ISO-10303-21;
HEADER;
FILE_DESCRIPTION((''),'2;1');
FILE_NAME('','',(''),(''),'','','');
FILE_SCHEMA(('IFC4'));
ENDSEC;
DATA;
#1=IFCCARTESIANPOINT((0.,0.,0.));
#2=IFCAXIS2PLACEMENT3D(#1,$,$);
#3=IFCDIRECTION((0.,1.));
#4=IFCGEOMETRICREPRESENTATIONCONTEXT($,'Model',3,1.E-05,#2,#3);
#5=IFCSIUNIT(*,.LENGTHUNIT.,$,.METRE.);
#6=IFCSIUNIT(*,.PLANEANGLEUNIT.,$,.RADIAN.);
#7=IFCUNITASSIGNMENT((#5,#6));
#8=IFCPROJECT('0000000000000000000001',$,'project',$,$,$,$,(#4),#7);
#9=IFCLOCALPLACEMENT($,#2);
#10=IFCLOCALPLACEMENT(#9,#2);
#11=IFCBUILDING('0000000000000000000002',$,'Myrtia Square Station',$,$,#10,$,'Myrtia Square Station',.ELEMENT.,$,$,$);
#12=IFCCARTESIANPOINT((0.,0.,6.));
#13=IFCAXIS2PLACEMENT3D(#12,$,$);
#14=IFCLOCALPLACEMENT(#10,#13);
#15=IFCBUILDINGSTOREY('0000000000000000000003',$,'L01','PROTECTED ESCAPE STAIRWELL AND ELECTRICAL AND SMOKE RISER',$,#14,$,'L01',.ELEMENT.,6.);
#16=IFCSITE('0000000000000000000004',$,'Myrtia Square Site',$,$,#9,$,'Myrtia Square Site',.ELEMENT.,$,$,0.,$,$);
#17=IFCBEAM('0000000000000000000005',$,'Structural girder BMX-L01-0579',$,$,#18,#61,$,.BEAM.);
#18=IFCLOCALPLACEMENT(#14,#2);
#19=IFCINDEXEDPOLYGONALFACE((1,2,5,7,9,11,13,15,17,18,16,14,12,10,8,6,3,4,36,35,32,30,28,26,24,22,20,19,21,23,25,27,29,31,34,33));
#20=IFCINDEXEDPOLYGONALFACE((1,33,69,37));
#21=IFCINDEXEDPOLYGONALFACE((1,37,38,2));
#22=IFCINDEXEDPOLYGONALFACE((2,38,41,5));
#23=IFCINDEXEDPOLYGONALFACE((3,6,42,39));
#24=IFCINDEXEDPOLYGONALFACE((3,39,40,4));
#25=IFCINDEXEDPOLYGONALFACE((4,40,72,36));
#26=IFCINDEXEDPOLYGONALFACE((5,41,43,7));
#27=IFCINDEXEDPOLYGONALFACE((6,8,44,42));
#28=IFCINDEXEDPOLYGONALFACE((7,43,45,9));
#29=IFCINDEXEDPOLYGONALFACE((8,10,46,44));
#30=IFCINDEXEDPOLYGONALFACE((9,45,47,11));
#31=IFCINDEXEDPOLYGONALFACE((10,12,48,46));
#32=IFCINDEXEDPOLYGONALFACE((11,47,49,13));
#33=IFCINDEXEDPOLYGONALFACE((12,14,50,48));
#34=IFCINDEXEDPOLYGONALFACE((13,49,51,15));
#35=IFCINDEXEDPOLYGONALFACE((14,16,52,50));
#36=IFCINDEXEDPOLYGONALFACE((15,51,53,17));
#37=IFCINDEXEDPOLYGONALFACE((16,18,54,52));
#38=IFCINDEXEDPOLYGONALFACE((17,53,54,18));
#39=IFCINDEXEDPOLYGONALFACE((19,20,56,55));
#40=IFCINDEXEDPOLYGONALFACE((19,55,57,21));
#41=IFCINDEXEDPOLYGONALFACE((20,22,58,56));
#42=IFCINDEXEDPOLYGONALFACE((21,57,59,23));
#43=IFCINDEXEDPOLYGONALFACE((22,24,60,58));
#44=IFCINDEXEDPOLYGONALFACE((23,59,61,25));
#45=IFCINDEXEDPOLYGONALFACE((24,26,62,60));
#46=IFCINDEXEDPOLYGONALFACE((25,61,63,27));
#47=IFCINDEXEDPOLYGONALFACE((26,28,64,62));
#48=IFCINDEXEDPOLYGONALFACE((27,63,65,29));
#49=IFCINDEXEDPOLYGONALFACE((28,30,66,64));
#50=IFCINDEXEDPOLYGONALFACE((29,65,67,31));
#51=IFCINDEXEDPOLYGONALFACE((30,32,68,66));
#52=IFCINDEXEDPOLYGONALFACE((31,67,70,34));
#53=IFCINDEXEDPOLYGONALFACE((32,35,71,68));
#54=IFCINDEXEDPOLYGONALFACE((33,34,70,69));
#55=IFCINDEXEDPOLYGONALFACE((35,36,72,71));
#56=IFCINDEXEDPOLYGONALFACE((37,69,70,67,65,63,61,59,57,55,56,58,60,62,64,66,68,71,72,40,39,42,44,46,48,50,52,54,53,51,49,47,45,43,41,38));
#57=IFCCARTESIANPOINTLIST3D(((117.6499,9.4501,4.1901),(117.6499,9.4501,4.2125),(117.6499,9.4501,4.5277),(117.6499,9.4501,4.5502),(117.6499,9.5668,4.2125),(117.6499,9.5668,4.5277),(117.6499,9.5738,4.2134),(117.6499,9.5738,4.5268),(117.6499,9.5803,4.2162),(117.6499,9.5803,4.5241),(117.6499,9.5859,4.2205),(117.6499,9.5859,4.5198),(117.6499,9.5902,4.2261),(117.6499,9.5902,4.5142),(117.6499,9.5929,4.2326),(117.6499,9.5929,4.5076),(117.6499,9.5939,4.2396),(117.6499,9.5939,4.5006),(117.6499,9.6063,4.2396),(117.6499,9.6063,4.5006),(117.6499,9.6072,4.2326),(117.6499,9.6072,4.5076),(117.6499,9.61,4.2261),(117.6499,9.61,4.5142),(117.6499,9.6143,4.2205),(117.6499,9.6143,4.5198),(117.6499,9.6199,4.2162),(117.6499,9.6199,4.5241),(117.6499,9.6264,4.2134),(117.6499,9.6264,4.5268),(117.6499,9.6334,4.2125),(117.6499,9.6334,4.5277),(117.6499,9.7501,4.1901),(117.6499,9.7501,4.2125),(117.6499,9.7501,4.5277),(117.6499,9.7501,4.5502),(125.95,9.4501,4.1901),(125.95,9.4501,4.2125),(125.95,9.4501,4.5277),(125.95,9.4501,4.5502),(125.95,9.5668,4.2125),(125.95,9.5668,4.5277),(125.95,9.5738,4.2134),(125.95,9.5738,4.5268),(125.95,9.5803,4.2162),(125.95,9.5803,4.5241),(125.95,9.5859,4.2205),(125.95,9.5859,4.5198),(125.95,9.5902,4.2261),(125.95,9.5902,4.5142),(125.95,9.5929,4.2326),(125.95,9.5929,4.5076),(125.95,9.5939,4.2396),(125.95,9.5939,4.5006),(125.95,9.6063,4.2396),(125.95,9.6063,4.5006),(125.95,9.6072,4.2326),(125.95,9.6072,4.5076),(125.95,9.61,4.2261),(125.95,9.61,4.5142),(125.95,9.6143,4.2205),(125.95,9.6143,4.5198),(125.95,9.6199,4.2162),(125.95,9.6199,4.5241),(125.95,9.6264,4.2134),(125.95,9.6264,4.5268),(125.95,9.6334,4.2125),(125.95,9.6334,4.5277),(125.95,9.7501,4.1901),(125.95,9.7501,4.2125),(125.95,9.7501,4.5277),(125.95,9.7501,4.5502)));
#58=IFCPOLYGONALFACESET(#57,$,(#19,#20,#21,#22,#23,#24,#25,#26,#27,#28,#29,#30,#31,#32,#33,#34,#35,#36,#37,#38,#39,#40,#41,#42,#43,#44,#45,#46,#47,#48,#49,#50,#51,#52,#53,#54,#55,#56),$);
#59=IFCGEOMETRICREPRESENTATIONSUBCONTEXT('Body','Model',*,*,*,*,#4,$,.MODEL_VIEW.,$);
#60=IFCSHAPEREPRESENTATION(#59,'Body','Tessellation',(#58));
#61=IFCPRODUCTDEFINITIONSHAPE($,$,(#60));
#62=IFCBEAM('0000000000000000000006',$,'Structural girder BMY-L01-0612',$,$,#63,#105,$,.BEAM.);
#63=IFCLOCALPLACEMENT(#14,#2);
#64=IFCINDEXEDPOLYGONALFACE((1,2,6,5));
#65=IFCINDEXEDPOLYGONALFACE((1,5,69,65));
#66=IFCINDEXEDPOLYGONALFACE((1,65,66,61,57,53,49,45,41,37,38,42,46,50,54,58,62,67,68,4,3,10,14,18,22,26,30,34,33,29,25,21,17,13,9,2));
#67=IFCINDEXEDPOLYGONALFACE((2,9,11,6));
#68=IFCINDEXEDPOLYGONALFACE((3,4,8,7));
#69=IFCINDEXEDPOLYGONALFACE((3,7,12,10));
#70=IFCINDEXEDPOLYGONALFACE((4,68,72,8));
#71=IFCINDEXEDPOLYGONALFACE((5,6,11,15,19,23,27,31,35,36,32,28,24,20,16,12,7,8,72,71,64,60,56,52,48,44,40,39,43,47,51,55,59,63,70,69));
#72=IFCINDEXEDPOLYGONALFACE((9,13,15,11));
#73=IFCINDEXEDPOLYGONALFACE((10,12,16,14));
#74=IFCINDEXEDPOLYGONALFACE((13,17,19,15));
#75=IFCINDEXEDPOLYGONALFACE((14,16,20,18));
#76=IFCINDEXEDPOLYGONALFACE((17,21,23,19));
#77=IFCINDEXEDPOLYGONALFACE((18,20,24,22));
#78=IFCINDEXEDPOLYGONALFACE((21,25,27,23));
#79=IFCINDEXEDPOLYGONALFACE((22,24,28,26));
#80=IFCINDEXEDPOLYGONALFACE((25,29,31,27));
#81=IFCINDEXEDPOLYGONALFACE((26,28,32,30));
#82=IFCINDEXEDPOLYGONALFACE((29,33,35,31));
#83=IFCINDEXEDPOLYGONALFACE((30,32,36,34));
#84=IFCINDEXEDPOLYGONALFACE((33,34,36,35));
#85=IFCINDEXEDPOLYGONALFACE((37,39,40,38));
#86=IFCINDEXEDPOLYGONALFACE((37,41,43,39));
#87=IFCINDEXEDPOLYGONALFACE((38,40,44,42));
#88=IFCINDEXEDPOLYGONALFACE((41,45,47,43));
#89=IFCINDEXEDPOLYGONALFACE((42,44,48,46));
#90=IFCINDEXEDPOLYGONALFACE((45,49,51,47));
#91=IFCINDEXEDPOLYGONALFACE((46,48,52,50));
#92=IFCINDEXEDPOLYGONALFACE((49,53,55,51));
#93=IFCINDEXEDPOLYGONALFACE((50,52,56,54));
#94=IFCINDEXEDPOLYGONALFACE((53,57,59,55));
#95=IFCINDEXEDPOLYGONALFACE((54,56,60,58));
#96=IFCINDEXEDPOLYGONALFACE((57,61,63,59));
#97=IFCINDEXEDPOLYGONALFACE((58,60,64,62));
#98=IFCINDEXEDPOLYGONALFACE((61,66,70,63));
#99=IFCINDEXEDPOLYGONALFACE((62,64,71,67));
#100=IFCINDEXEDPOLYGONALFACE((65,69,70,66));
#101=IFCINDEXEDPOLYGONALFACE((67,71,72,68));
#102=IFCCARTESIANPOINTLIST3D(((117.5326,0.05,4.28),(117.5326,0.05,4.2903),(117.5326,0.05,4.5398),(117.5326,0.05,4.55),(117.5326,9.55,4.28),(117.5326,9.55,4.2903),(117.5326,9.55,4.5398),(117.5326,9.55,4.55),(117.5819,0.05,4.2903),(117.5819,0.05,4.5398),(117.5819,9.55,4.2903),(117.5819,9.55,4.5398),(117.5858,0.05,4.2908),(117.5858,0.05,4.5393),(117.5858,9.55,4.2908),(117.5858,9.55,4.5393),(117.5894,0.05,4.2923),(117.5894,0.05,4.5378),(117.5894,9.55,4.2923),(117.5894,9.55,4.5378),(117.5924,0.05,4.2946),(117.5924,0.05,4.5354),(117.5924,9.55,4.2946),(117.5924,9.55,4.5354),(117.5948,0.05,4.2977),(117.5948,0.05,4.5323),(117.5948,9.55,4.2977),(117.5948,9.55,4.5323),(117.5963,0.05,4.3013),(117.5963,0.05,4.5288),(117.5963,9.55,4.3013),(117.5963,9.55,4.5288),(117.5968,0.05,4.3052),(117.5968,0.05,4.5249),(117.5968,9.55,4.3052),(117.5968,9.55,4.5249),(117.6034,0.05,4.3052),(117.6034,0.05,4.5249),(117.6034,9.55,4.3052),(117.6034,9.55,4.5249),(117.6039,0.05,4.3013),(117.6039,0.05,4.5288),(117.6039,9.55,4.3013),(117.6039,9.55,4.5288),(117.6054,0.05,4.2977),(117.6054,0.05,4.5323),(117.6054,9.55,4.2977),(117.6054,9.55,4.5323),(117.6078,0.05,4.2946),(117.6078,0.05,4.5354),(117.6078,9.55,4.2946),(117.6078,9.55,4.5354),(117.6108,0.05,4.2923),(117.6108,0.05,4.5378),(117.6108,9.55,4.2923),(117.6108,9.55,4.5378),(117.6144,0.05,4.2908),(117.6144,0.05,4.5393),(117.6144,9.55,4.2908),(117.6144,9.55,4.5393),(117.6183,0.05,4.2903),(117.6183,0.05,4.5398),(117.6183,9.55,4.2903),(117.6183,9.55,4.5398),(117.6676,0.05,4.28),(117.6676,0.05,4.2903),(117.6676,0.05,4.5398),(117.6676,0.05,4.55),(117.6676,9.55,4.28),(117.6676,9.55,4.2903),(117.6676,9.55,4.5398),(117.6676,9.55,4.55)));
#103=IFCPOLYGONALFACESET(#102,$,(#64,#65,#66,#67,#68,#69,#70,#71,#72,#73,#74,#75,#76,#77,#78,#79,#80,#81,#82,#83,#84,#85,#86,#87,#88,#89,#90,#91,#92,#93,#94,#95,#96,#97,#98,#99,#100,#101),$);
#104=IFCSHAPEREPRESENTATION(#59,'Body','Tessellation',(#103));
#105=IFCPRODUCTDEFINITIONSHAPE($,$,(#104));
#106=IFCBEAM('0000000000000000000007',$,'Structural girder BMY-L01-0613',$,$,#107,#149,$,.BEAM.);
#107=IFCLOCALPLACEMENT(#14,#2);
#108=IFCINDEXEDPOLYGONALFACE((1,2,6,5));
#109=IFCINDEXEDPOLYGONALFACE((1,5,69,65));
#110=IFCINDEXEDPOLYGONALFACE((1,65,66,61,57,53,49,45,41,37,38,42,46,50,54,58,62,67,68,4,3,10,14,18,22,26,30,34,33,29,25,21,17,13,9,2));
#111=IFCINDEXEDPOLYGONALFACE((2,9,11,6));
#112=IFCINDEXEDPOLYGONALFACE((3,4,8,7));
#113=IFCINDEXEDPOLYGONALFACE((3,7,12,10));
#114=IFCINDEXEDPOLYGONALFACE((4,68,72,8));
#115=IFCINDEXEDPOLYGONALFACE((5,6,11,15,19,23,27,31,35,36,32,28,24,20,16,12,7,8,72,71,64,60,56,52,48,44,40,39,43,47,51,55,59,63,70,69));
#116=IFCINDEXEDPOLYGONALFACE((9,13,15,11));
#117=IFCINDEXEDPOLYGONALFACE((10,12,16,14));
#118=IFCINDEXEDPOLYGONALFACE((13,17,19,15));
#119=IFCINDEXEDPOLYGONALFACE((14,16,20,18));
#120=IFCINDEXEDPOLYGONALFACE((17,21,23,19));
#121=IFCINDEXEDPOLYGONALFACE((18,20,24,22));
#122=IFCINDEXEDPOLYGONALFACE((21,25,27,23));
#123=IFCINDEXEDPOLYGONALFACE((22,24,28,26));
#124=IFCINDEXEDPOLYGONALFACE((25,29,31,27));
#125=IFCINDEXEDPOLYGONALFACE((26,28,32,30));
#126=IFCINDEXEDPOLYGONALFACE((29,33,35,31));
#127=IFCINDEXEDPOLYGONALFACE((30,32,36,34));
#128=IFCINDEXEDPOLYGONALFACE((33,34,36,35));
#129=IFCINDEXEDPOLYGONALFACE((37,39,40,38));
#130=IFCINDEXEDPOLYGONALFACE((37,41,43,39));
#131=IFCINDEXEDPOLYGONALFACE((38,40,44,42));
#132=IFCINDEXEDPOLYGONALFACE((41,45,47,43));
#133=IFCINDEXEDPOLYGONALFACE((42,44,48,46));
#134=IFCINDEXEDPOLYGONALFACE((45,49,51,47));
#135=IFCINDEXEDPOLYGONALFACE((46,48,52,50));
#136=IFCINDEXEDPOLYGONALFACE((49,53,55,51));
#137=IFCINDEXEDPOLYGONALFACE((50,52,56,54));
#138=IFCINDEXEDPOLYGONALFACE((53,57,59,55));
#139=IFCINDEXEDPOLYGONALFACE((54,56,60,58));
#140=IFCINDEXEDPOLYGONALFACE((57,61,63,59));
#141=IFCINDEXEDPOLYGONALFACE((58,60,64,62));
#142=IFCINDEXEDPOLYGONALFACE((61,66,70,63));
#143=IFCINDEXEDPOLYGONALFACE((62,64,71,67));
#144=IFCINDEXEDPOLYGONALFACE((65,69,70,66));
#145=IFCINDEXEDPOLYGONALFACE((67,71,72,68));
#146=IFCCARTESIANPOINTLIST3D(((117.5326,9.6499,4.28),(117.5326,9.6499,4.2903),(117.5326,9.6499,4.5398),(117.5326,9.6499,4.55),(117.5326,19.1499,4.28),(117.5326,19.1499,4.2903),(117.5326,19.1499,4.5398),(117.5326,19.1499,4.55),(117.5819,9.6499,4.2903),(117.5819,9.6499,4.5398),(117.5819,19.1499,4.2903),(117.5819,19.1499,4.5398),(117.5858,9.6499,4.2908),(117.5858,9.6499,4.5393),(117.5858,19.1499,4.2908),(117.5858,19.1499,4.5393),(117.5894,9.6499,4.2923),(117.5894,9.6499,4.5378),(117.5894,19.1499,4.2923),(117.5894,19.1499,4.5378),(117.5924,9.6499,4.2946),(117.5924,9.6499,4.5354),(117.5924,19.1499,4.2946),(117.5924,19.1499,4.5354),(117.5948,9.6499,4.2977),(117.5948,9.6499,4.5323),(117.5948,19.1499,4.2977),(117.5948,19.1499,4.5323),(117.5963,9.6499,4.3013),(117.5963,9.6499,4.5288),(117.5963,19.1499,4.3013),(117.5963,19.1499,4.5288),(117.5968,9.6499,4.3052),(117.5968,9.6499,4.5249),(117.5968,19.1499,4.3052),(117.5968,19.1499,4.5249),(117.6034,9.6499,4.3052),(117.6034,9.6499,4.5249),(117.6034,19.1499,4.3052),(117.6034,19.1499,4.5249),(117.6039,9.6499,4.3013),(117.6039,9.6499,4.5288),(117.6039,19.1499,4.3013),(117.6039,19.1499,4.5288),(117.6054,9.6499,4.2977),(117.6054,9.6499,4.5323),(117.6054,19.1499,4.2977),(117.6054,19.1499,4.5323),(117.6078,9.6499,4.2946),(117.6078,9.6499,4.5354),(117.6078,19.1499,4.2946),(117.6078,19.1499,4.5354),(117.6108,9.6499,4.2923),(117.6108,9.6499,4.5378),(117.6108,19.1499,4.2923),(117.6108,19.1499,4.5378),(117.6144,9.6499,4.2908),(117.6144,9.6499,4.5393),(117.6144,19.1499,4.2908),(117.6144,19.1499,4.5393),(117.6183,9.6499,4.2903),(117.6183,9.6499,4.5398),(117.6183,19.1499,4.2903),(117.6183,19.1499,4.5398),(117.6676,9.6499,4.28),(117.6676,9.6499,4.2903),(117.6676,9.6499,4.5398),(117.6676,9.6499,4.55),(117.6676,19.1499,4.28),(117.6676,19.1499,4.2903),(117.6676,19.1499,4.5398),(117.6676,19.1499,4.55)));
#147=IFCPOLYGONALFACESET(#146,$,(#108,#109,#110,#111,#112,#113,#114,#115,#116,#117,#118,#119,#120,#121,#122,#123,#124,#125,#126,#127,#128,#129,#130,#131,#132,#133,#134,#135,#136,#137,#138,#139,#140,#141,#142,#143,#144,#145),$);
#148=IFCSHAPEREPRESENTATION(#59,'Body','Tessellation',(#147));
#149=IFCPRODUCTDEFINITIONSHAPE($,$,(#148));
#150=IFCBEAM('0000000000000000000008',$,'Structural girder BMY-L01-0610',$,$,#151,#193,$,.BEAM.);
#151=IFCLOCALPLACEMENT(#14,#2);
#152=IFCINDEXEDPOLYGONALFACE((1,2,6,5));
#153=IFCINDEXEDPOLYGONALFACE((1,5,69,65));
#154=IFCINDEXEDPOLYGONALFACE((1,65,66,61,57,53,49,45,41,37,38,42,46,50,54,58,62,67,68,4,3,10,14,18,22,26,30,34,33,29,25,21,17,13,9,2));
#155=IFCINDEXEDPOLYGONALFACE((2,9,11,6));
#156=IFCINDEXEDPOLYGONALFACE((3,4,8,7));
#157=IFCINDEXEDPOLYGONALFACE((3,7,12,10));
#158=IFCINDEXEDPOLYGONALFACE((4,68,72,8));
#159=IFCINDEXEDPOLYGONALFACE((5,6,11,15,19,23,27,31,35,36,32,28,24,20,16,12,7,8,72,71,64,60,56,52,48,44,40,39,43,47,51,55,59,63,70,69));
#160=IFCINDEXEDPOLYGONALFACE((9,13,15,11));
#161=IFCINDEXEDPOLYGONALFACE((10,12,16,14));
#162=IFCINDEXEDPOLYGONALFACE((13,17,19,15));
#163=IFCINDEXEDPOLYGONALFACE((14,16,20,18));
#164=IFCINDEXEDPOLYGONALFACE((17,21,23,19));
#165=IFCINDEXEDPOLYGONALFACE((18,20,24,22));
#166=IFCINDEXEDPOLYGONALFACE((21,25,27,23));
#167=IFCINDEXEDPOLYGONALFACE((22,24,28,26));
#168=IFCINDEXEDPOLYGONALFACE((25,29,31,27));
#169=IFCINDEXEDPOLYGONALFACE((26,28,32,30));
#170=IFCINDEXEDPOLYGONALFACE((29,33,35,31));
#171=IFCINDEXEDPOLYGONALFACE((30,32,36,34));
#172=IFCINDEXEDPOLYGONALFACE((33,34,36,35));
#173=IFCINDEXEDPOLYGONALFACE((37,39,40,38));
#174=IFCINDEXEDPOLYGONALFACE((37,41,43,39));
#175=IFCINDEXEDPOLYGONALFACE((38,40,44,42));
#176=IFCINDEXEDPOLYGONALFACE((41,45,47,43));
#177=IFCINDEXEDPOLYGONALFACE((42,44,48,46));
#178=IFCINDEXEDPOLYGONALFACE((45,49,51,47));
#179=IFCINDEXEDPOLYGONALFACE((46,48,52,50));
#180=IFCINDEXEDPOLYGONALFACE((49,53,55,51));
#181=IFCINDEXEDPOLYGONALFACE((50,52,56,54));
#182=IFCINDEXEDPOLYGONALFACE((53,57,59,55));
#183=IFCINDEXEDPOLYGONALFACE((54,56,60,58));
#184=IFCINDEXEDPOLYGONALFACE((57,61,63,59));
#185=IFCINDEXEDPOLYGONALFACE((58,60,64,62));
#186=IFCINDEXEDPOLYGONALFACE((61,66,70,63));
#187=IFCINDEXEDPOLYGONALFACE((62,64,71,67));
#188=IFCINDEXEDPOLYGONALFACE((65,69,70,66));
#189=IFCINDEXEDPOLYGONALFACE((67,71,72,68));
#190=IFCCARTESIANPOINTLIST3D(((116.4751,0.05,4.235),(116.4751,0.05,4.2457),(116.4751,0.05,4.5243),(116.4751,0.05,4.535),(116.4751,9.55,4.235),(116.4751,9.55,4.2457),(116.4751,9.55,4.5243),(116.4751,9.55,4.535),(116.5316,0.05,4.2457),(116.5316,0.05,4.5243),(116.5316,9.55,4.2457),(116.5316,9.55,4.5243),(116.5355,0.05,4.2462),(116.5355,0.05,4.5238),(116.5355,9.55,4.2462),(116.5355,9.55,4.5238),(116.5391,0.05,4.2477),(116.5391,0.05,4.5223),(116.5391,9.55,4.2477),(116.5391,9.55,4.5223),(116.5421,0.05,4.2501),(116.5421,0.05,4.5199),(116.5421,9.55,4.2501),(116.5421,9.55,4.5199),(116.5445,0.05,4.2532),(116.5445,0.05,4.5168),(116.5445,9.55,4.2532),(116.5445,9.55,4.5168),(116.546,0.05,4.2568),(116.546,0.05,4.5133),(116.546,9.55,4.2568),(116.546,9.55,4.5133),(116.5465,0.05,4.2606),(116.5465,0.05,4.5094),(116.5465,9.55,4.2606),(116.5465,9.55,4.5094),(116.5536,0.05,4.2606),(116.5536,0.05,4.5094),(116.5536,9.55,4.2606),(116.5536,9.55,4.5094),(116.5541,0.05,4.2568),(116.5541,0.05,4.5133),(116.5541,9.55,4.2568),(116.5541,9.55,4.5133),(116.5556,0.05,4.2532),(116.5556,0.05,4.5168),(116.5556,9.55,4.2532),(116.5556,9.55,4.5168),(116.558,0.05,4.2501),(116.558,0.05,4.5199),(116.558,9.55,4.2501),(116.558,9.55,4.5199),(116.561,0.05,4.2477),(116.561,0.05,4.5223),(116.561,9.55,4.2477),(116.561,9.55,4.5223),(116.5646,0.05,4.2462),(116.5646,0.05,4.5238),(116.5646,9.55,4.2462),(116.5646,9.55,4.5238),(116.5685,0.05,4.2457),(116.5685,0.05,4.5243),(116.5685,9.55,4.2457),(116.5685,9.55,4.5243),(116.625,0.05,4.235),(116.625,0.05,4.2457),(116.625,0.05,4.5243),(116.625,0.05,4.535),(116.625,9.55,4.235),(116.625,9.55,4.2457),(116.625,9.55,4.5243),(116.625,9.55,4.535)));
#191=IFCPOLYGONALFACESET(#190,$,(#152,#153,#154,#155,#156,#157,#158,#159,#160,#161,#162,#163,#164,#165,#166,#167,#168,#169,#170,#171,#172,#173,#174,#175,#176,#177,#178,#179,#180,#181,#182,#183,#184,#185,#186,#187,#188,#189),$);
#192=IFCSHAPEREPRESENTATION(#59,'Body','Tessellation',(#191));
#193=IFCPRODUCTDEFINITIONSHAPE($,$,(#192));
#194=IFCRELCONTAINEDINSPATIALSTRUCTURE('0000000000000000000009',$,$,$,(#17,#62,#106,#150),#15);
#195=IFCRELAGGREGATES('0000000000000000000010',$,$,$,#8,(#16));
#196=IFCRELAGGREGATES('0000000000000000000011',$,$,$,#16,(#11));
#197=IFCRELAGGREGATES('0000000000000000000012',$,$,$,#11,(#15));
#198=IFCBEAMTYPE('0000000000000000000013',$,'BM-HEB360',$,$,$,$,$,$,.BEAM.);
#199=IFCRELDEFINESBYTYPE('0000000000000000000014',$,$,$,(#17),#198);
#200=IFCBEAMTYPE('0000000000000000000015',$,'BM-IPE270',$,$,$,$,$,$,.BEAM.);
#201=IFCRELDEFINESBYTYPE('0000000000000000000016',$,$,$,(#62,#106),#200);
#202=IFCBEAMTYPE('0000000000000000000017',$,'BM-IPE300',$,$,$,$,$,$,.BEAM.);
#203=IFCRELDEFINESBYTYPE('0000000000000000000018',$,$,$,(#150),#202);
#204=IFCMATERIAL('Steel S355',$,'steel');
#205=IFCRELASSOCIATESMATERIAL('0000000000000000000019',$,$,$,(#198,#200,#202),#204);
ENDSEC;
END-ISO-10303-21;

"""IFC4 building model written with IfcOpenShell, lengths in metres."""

from ifc_helpers import new_model, si_unit, direction, frame, origin, origin_2d, place, context, subcontext, project, spatial, i_section, extrude, material, material_profile, profile_set, type_object, element, save


model = new_model("IFC4")

# Units and contexts
model_context = context("Model", 3, precision=1e-05, world=origin(), true_north=direction((0.0, 1.0)))
body_context = subcontext(model_context, "Body", "Model", "MODEL_VIEW")
ifc_project = project(units=[si_unit("LENGTHUNIT", "METRE"), si_unit("PLANEANGLEUNIT", "RADIAN")], contexts=[model_context])

# Site, building, storey
site_placement = place(None, origin())
site = spatial("IfcSite", under=ifc_project, at=site_placement, Name="Myrtia Square Site", LongName="Myrtia Square Site", CompositionType="ELEMENT", RefElevation=0.0)
building_placement = place(site_placement, origin())
building = spatial("IfcBuilding", under=site, at=building_placement, Name="Myrtia Square Station", LongName="Myrtia Square Station", CompositionType="ELEMENT")
storey_placement = place(building_placement, frame((0.0, 0.0, 6.0)))
storey = spatial("IfcBuildingStorey", under=building, at=storey_placement, Name="L01", Description="PROTECTED ESCAPE STAIRWELL AND ELECTRICAL AND SMOKE RISER", LongName="L01", CompositionType="ELEMENT", Elevation=6.0)

# Shared definitions
ifc_material_1 = material(Name="Steel S355", Category="steel")

# Beams
ifc_material_profile_1 = material_profile(ifc_material_1, i_section(OverallWidth=0.3, OverallDepth=0.3601, WebThickness=0.0125, FlangeThickness=0.0225, FilletRadius=0.0271, at=origin_2d()), Name="HEB 360")
ifc_profile_set_1 = profile_set([ifc_material_profile_1], Name="Steel S355")
beam_type_1 = type_object("IfcBeamType", Name="BM-HEB360", PredefinedType="BEAM", material=ifc_profile_set_1)
beam_1_placement = place(storey_placement, frame((117.6499, 9.6001, 4.3701), z_axis=(1.0, 0.0, 0.0), x_axis=(0.0, 1.0, 0.0)))
element("IfcBeam", 1, at=beam_1_placement, inside=storey, type_object=beam_type_1, Name="Structural girder BMX-L01-0579", PredefinedType="BEAM", context=body_context, shape_type="SweptSolid", body=[
    extrude(i_section(OverallWidth=0.3, OverallDepth=0.3601, WebThickness=0.0125, FlangeThickness=0.0225, FilletRadius=0.0271, at=origin_2d()), origin(), (0.0, 0.0, 1.0), 8.3),
])
ifc_material_profile_2 = material_profile(ifc_material_1, i_section(OverallWidth=0.135, OverallDepth=0.27, WebThickness=0.0066, FlangeThickness=0.0103, FilletRadius=0.0149, at=origin_2d()), Name="IPE 270")
ifc_profile_set_2 = profile_set([ifc_material_profile_2], Name="Steel S355")
beam_type_2 = type_object("IfcBeamType", Name="BM-IPE270", PredefinedType="BEAM", material=ifc_profile_set_2)
for number, where, z_axis, x_axis, name in (
    (2, (117.6001, 0.05, 4.415), (0.0, 1.0, 0.0), (-1.0, 0.0, 0.0), "Structural girder BMY-L01-0612"),
    (3, (117.6001, 9.6499, 4.415), (0.0, 1.0, 0.0), (-1.0, 0.0, 0.0), "Structural girder BMY-L01-0613"),
):
    element("IfcBeam", number, at=place(storey_placement, frame(where, z_axis=z_axis, x_axis=x_axis)), inside=storey, type_object=beam_type_2, Name=name, PredefinedType="BEAM", context=body_context, shape_type="SweptSolid", body=[
        extrude(i_section(OverallWidth=0.135, OverallDepth=0.27, WebThickness=0.0066, FlangeThickness=0.0103, FilletRadius=0.0149, at=origin_2d()), origin(), (0.0, 0.0, 1.0), 9.5),
    ])
ifc_material_profile_3 = material_profile(ifc_material_1, i_section(OverallWidth=0.1499, OverallDepth=0.3, WebThickness=0.0071, FlangeThickness=0.0107, FilletRadius=0.0149, at=origin_2d()), Name="IPE 300")
ifc_profile_set_3 = profile_set([ifc_material_profile_3], Name="Steel S355")
beam_type_3 = type_object("IfcBeamType", Name="BM-IPE300", PredefinedType="BEAM", material=ifc_profile_set_3)
for number, where, z_axis, x_axis, name in (
    (4, (116.55, 0.05, 4.385), (0.0, 1.0, 0.0), (-1.0, 0.0, 0.0), "Structural girder BMY-L01-0610"),
):
    element("IfcBeam", number, at=place(storey_placement, frame(where, z_axis=z_axis, x_axis=x_axis)), inside=storey, type_object=beam_type_3, Name=name, PredefinedType="BEAM", context=body_context, shape_type="SweptSolid", body=[
        extrude(i_section(OverallWidth=0.1499, OverallDepth=0.3, WebThickness=0.0071, FlangeThickness=0.0107, FilletRadius=0.0149, at=origin_2d()), origin(), (0.0, 0.0, 1.0), 9.5),
    ])

save(model, "model.ifc")
